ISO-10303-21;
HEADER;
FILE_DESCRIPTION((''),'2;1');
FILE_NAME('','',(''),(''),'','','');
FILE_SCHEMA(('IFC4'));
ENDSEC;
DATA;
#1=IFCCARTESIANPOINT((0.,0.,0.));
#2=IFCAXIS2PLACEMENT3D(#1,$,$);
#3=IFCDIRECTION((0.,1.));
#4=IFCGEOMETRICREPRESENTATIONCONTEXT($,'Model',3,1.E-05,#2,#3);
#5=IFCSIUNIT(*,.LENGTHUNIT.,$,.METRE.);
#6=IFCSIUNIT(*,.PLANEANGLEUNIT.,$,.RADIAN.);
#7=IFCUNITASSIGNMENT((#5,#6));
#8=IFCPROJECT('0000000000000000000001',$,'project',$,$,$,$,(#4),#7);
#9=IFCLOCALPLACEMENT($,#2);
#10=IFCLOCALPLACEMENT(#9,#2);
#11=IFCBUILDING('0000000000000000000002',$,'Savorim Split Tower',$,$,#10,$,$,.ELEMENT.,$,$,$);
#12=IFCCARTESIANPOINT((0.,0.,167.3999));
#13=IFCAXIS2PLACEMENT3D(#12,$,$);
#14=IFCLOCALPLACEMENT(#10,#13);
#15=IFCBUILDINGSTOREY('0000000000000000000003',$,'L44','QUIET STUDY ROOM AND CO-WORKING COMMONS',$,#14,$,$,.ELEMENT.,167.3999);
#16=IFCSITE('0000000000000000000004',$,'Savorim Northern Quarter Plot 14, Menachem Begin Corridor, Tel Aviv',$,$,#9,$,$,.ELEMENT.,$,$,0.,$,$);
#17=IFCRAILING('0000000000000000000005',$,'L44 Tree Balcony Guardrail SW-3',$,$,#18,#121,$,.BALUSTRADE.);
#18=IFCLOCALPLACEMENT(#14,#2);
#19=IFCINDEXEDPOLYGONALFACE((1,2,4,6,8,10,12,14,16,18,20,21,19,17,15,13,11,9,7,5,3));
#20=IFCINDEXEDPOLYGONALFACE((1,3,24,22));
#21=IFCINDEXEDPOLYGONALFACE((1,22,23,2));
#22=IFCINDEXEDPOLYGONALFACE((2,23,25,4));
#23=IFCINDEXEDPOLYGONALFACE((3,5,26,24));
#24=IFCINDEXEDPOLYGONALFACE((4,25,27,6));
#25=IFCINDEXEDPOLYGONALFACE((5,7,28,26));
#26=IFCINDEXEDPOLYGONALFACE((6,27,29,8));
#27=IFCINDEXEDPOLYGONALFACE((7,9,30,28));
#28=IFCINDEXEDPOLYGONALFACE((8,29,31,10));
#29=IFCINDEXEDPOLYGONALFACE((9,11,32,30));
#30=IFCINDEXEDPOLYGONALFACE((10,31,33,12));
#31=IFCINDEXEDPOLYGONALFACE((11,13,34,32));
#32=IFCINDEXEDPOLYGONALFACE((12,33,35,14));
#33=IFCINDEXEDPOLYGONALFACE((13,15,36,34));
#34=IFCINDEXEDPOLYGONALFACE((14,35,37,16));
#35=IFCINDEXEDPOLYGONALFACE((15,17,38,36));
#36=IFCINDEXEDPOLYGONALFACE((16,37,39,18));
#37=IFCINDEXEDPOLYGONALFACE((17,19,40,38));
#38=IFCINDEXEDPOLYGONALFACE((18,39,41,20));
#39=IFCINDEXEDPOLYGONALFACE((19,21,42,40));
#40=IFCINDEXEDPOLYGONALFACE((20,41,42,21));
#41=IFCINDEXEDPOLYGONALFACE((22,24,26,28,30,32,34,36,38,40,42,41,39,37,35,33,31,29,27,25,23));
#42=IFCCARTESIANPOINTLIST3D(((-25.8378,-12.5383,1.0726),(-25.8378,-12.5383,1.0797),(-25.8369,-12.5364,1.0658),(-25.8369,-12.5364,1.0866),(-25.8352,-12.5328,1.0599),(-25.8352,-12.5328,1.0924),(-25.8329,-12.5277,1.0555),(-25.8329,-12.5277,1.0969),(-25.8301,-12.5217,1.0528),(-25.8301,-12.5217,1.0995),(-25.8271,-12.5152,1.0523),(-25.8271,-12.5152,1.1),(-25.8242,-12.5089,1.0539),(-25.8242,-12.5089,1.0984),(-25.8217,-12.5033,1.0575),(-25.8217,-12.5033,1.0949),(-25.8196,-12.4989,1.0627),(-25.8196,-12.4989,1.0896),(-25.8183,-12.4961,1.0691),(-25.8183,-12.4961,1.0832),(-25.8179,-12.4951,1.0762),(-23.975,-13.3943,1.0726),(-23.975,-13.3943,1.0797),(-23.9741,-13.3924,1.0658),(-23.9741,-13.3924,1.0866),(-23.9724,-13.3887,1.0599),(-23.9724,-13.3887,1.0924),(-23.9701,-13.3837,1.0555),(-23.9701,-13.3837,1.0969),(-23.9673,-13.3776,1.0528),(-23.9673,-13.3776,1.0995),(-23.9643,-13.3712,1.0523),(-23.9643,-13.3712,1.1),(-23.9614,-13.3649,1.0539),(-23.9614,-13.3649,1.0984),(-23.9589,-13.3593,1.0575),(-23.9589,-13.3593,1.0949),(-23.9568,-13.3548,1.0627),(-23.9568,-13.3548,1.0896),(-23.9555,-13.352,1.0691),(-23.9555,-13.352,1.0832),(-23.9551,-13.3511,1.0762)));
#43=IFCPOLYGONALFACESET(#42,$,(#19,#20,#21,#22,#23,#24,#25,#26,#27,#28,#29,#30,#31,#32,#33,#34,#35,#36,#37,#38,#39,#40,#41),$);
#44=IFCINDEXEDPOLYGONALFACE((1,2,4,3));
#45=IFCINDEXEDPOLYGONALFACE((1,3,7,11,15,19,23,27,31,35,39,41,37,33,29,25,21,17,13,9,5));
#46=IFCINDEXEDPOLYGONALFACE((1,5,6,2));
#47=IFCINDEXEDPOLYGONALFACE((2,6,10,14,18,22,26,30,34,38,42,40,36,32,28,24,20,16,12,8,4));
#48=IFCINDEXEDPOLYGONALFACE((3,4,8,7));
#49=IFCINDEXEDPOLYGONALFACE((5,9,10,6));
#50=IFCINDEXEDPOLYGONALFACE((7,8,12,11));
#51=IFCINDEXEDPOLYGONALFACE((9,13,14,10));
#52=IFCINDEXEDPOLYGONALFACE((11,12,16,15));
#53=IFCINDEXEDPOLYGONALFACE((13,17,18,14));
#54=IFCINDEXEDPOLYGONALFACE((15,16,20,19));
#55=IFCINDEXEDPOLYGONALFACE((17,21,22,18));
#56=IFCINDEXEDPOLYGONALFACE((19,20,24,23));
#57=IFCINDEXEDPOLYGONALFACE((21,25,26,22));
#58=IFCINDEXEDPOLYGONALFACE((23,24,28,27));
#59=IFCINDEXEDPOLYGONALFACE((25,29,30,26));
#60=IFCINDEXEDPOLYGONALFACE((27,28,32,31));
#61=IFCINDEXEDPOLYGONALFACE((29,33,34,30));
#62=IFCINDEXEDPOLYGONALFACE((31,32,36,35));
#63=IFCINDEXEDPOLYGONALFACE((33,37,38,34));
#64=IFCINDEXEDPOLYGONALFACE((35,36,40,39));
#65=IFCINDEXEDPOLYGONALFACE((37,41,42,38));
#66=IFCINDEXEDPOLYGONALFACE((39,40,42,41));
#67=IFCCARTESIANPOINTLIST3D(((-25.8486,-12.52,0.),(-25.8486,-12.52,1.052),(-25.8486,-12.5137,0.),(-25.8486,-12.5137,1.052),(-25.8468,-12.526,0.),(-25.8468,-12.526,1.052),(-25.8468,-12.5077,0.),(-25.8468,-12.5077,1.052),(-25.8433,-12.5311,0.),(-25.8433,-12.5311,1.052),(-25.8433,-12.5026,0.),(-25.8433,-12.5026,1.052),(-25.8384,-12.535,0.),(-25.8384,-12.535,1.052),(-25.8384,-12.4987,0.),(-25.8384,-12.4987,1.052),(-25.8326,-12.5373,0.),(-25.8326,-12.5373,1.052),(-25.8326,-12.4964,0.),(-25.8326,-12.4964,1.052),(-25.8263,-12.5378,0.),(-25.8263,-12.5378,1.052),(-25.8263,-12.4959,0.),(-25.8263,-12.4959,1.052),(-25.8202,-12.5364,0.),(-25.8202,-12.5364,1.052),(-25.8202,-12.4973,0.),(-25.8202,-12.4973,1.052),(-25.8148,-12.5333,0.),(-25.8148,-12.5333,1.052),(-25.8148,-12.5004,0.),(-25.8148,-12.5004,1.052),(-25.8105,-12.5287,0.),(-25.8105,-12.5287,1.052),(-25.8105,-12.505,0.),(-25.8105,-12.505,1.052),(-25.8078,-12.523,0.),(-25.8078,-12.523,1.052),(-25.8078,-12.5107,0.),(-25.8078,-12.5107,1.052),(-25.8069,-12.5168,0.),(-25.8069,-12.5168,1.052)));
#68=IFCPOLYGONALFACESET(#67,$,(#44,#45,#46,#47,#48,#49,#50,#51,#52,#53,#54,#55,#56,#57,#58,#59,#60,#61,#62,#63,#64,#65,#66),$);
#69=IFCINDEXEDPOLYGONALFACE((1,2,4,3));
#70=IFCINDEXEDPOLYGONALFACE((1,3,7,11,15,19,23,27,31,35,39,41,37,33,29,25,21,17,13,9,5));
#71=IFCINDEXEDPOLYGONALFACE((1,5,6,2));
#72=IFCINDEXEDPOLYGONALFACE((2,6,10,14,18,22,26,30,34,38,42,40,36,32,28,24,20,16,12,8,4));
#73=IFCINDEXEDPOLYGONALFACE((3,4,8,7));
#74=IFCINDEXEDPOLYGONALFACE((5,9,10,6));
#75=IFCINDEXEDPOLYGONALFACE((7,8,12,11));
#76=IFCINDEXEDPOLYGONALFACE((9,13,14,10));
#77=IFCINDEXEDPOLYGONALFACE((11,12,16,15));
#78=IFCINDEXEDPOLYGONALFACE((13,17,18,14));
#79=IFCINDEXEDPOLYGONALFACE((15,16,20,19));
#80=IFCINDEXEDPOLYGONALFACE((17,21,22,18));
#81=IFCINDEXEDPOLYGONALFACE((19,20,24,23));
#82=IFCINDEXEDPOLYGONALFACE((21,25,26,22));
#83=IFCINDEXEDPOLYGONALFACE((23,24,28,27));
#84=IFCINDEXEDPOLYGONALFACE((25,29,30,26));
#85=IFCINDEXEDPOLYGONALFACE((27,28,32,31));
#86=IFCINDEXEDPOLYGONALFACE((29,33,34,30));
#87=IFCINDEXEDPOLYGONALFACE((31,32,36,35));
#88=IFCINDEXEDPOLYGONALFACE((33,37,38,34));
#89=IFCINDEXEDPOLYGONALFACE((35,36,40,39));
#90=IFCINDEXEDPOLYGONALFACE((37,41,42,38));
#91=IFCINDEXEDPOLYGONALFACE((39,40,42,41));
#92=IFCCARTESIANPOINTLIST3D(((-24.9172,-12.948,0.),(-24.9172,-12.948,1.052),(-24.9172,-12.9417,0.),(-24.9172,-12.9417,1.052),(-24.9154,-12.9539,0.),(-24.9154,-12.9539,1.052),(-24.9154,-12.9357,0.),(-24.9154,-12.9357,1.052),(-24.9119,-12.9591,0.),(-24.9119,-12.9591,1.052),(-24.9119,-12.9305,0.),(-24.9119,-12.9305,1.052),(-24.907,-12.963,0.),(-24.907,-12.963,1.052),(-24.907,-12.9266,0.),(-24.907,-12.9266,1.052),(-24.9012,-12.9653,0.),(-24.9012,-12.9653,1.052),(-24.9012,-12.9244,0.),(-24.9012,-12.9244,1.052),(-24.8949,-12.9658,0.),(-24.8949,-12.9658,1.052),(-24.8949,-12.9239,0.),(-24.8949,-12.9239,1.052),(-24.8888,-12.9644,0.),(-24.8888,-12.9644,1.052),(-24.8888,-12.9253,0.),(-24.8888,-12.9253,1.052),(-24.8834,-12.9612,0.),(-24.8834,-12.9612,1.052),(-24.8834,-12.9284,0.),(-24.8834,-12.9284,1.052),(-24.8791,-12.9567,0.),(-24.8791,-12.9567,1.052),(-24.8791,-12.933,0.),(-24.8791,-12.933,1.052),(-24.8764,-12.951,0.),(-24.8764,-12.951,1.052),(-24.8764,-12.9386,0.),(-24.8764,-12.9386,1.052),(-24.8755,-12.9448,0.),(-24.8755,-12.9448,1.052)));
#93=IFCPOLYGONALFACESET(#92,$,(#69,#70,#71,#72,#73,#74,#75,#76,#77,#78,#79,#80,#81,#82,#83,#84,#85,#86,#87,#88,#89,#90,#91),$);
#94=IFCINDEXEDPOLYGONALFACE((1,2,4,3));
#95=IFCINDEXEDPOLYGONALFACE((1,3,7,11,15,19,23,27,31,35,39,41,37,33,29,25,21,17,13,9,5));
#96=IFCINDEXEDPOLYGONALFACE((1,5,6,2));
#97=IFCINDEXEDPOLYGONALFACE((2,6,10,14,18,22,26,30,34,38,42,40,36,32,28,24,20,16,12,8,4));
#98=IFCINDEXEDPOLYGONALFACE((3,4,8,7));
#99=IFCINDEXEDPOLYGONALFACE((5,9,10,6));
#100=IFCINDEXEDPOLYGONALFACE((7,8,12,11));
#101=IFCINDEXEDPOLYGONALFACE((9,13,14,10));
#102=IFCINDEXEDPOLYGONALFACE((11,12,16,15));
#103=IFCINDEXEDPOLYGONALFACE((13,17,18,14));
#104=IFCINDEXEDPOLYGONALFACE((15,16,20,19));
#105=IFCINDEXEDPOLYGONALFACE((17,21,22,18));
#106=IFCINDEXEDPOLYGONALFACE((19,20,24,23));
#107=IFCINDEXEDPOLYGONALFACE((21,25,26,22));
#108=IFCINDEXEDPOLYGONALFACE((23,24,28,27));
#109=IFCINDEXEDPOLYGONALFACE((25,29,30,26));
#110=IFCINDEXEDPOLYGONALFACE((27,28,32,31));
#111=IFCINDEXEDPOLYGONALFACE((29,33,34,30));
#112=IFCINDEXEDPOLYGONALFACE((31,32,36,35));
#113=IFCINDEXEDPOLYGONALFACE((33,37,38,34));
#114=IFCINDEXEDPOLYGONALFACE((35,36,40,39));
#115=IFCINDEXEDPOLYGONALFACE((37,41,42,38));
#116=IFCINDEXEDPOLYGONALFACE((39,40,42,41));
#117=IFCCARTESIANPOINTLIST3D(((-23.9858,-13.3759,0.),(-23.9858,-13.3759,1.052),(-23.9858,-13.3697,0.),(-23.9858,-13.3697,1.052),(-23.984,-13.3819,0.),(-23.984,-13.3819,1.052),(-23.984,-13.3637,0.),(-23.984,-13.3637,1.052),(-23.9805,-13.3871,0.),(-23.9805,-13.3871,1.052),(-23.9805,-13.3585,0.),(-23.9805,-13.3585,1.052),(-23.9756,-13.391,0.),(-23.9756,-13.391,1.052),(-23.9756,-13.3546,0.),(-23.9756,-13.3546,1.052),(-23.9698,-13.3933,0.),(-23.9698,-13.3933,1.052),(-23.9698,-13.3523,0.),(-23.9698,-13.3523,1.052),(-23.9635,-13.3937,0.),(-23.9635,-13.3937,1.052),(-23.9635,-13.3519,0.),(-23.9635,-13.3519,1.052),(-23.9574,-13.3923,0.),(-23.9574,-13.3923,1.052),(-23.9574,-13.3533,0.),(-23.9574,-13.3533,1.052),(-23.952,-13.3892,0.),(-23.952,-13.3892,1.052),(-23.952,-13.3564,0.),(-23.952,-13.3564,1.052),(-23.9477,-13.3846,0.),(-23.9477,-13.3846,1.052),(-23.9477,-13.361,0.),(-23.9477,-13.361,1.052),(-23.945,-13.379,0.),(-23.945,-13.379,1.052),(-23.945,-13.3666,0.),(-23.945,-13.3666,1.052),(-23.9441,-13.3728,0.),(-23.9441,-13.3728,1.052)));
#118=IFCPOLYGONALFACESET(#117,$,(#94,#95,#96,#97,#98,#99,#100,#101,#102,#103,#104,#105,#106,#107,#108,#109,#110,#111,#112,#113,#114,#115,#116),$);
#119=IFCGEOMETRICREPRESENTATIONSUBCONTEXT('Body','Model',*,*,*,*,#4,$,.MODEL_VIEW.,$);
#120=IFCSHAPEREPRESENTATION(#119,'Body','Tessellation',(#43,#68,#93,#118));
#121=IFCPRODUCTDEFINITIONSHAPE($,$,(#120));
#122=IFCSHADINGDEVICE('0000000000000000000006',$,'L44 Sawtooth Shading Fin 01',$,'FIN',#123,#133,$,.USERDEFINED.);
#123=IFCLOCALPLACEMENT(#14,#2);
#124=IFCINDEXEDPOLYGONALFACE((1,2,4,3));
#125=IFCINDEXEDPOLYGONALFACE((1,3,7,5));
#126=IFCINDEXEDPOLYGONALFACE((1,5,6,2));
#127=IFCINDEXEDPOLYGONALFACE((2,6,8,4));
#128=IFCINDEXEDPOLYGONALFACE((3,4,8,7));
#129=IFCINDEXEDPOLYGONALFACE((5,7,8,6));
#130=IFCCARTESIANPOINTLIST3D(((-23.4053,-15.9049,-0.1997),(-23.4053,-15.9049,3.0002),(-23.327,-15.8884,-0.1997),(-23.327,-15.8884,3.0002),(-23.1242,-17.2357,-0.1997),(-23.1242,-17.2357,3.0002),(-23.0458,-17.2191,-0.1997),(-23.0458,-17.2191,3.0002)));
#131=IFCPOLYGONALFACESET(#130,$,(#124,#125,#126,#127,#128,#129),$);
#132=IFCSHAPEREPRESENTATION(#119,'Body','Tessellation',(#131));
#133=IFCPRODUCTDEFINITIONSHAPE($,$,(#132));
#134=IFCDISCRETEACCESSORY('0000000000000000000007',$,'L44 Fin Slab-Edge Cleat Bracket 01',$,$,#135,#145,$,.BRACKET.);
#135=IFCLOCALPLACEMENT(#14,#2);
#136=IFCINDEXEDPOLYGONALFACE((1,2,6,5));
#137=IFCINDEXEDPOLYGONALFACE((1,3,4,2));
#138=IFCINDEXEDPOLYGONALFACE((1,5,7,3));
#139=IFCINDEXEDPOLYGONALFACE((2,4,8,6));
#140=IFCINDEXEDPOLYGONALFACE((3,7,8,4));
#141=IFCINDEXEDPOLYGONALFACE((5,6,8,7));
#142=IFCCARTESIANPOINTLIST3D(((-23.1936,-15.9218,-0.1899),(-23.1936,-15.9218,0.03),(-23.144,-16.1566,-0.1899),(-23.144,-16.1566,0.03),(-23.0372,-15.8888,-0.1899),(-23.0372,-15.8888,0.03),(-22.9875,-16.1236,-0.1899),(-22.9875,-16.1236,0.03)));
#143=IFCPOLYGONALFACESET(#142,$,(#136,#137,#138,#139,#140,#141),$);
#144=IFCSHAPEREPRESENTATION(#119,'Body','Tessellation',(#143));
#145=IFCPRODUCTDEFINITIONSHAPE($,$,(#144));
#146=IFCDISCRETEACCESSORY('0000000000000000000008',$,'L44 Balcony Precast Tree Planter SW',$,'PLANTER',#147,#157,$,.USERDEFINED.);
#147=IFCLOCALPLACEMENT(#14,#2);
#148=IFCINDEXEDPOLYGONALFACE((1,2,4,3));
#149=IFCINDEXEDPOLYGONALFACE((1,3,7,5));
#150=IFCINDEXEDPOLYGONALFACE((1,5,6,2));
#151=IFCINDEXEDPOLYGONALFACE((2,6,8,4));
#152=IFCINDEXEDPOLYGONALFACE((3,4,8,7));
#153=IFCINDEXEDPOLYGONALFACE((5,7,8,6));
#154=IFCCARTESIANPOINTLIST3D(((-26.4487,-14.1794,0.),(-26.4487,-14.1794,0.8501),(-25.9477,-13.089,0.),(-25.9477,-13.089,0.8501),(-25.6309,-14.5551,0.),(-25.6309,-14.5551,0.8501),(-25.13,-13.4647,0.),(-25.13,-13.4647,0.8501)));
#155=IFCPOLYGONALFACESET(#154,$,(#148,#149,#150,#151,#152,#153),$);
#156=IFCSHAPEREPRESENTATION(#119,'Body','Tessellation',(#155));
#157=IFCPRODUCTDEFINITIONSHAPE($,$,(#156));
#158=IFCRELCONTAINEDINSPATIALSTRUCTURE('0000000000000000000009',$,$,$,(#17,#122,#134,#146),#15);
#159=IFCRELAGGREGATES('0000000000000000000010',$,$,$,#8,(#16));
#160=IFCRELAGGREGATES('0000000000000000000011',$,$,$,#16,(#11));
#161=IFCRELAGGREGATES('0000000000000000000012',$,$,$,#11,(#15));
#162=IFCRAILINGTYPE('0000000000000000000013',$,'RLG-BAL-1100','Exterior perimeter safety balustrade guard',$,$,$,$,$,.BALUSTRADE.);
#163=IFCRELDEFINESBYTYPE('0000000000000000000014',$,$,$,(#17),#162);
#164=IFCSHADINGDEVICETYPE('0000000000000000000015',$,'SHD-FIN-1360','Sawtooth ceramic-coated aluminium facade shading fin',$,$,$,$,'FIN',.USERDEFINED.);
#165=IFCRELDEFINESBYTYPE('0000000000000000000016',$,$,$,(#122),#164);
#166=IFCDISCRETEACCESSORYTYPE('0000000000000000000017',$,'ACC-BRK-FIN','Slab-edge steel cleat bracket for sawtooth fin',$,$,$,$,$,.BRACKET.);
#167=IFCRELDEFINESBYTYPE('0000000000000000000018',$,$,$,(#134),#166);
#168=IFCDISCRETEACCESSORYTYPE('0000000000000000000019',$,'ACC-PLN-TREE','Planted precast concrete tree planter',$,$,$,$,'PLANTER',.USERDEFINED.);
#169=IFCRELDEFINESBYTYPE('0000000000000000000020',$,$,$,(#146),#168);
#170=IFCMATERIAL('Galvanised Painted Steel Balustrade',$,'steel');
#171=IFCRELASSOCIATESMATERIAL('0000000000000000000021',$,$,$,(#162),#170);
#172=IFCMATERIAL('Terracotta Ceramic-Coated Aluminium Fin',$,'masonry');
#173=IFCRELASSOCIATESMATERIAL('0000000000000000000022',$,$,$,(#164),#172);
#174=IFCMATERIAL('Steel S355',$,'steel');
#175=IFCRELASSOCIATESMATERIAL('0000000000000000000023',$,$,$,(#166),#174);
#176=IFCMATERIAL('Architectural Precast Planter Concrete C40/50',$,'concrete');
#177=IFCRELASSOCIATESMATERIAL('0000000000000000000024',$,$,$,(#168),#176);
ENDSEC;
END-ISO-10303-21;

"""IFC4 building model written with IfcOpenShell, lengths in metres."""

from ifc_helpers import new_model, si_unit, direction, frame, origin, origin_2d, place, context, subcontext, project, spatial, rectangle, circle, extrude, material, type_object, element, save


model = new_model("IFC4")

# Units and contexts
model_context = context("Model", 3, precision=1e-05, world=origin(), true_north=direction((0.0, 1.0)))
body_context = subcontext(model_context, "Body", "Model", "MODEL_VIEW")
ifc_project = project(units=[si_unit("LENGTHUNIT", "METRE"), si_unit("PLANEANGLEUNIT", "RADIAN")], contexts=[model_context])

# Site, building, storey
site_placement = place(None, origin())
site = spatial("IfcSite", under=ifc_project, at=site_placement, Name="Savorim Northern Quarter Plot 14, Menachem Begin Corridor, Tel Aviv", CompositionType="ELEMENT", RefElevation=0.0)
building_placement = place(site_placement, origin())
building = spatial("IfcBuilding", under=site, at=building_placement, Name="Savorim Split Tower", CompositionType="ELEMENT")
storey_placement = place(building_placement, frame((0.0, 0.0, 167.3999)))
storey = spatial("IfcBuildingStorey", under=building, at=storey_placement, Name="L44", Description="QUIET STUDY ROOM AND CO-WORKING COMMONS", CompositionType="ELEMENT", Elevation=167.3999)

# Shared definitions
ifc_material_1 = material(Name="Steel S355", Category="steel")

# Railing
ifc_material_2 = material(Name="Galvanised Painted Steel Balustrade", Category="steel")
railing_type = type_object("IfcRailingType", Name="RLG-BAL-1100", Description="Exterior perimeter safety balustrade guard", PredefinedType="BALUSTRADE", material=ifc_material_2)
railing_1_placement = place(storey_placement, frame((-25.8279, -12.5168, 0.0)))
element("IfcRailing", 1, at=railing_1_placement, inside=storey, type_object=railing_type, Name="L44 Tree Balcony Guardrail SW-3", PredefinedType="BALUSTRADE", context=body_context, shape_type="SweptSolid", body=[
    extrude(circle(Radius=0.0239, at=origin_2d()), frame((0.0, 0.0, 1.0762), z_axis=(0.908662, -0.417532, 0.0), x_axis=(0.417532, 0.908662, 0.0)), (0.0, 0.0, 1.0), 2.05),
    extrude(circle(Radius=0.021, at=origin_2d()), origin(), (0.0, 0.0, 1.0), 1.052),
    extrude(circle(Radius=0.021, at=origin_2d()), frame((0.9314, -0.428, 0.0)), (0.0, 0.0, 1.0), 1.052),
    extrude(circle(Radius=0.021, at=origin_2d()), frame((1.8628, -0.856, 0.0)), (0.0, 0.0, 1.0), 1.052),
])

# Shading device
ifc_material_3 = material(Name="Terracotta Ceramic-Coated Aluminium Fin", Category="masonry")
shading_device_type = type_object("IfcShadingDeviceType", Name="SHD-FIN-1360", Description="Sawtooth ceramic-coated aluminium facade shading fin", ElementType="FIN", PredefinedType="USERDEFINED", material=ifc_material_3)
shading_device_placement = place(storey_placement, frame((-23.2256, -16.562, -0.1997), z_axis=(0.0, 0.0, 1.0), x_axis=(0.206722, -0.9784, 0.0)))
element("IfcShadingDevice", 2, at=shading_device_placement, inside=storey, type_object=shading_device_type, Name="L44 Sawtooth Shading Fin 01", ObjectType="FIN", PredefinedType="USERDEFINED", context=body_context, shape_type="SweptSolid", body=[
    extrude(rectangle(XDim=1.3601, YDim=0.0801, at=origin_2d()), origin(), (0.0, 0.0, 1.0), 3.2),
])

# Discrete accessories
discrete_accessory_type_1 = type_object("IfcDiscreteAccessoryType", Name="ACC-BRK-FIN", Description="Slab-edge steel cleat bracket for sawtooth fin", PredefinedType="BRACKET", material=ifc_material_1)
discrete_accessory_1_placement = place(storey_placement, frame((-23.0906, -16.0227, -0.1899), z_axis=(0.0, 0.0, 1.0), x_axis=(0.206722, -0.9784, 0.0)))
element("IfcDiscreteAccessory", 3, at=discrete_accessory_1_placement, inside=storey, type_object=discrete_accessory_type_1, Name="L44 Fin Slab-Edge Cleat Bracket 01", PredefinedType="BRACKET", context=body_context, shape_type="SweptSolid", body=[
    extrude(rectangle(XDim=0.24, YDim=0.1599, at=origin_2d()), origin(), (0.0, 0.0, 1.0), 0.22),
])
ifc_material_4 = material(Name="Architectural Precast Planter Concrete C40/50", Category="concrete")
discrete_accessory_type_2 = type_object("IfcDiscreteAccessoryType", Name="ACC-PLN-TREE", Description="Planted precast concrete tree planter", ElementType="PLANTER", PredefinedType="USERDEFINED", material=ifc_material_4)
discrete_accessory_2_placement = place(storey_placement, frame((-25.7893, -13.822, 0.0), z_axis=(0.0, 0.0, 1.0), x_axis=(-0.417496, -0.908679, 0.0)))
element("IfcDiscreteAccessory", 4, at=discrete_accessory_2_placement, inside=storey, type_object=discrete_accessory_type_2, Name="L44 Balcony Precast Tree Planter SW", ObjectType="PLANTER", PredefinedType="USERDEFINED", context=body_context, shape_type="SweptSolid", body=[
    extrude(rectangle(XDim=1.2, YDim=0.8999, at=origin_2d()), origin(), (0.0, 0.0, 1.0), 0.8501),
])

save(model, "model.ifc")
